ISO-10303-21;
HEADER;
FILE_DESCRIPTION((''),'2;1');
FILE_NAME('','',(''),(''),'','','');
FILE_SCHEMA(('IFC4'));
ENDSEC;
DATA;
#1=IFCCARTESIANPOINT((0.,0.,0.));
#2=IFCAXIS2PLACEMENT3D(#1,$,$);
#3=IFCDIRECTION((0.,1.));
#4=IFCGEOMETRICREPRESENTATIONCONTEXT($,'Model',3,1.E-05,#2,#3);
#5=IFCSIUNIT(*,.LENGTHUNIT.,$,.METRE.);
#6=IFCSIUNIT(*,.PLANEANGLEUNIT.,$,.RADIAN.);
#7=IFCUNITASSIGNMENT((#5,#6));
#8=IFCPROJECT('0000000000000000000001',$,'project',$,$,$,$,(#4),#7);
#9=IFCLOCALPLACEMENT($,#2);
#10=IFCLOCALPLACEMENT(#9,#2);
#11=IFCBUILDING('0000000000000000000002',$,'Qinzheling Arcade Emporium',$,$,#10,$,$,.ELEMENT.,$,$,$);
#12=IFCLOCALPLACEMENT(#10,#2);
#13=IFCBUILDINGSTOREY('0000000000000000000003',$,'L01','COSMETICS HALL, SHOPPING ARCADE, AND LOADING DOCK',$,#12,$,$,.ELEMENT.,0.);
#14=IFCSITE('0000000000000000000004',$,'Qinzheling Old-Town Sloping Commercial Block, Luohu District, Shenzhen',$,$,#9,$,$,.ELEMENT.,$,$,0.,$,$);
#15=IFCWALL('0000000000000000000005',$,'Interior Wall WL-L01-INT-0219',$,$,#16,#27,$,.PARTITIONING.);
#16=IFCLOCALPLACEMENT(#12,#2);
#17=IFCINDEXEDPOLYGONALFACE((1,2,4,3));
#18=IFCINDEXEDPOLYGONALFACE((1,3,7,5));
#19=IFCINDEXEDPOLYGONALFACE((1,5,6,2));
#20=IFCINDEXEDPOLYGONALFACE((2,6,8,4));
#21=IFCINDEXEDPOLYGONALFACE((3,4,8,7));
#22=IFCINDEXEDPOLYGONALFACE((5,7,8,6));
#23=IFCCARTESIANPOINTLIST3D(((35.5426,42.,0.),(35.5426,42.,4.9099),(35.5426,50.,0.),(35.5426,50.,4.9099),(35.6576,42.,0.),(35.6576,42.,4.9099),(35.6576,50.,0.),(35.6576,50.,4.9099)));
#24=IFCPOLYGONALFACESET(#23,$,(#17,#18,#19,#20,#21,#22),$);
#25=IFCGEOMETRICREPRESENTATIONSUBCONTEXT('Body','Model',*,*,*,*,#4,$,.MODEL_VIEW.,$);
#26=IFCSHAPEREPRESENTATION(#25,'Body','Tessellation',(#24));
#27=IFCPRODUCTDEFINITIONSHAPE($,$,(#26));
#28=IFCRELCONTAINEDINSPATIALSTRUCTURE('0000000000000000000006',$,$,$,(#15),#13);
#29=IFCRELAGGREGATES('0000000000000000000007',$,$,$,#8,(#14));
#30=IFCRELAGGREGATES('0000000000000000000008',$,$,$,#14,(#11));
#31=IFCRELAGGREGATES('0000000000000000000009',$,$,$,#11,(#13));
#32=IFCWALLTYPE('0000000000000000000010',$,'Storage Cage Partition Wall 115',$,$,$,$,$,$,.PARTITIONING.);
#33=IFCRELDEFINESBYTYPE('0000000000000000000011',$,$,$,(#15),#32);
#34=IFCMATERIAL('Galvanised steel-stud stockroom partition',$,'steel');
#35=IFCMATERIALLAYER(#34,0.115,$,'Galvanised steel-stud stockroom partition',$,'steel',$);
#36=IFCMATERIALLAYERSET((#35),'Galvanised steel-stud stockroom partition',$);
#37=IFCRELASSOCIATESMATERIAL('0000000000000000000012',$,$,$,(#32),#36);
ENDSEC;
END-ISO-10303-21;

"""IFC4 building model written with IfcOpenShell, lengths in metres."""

from ifc_helpers import new_model, si_unit, direction, frame, frame_2d, origin, place, context, subcontext, project, spatial, rectangle, extrude, material, layer, layer_set, type_object, element, save


model = new_model("IFC4")

# Units and contexts
model_context = context("Model", 3, precision=1e-05, world=origin(), true_north=direction((0.0, 1.0)))
body_context = subcontext(model_context, "Body", "Model", "MODEL_VIEW")
ifc_project = project(units=[si_unit("LENGTHUNIT", "METRE"), si_unit("PLANEANGLEUNIT", "RADIAN")], contexts=[model_context])

# Site, building, storey
site_placement = place(None, origin())
site = spatial("IfcSite", under=ifc_project, at=site_placement, Name="Qinzheling Old-Town Sloping Commercial Block, Luohu District, Shenzhen", CompositionType="ELEMENT", RefElevation=0.0)
building_placement = place(site_placement, origin())
building = spatial("IfcBuilding", under=site, at=building_placement, Name="Qinzheling Arcade Emporium", CompositionType="ELEMENT")
storey_placement = place(building_placement, origin())
storey = spatial("IfcBuildingStorey", under=building, at=storey_placement, Name="L01", Description="COSMETICS HALL, SHOPPING ARCADE, AND LOADING DOCK", CompositionType="ELEMENT", Elevation=0.0)

# Wall
ifc_material_1 = material(Name="Galvanised steel-stud stockroom partition", Category="steel")
ifc_layer_1 = layer(ifc_material_1, 0.115, Name="Galvanised steel-stud stockroom partition", Category="steel")
ifc_layer_set_1 = layer_set([ifc_layer_1], Name="Galvanised steel-stud stockroom partition")
wall_type_1 = type_object("IfcWallType", Name="Storage Cage Partition Wall 115", PredefinedType="PARTITIONING", material=ifc_layer_set_1)
wall_1_placement = place(storey_placement, frame((35.6001, 50.0, 0.0), z_axis=(0.0, 0.0, 1.0), x_axis=(0.0, -1.0, 0.0)))
element("IfcWall", 1, at=wall_1_placement, inside=storey, type_object=wall_type_1, Name="Interior Wall WL-L01-INT-0219", PredefinedType="PARTITIONING", context=body_context, shape_type="SweptSolid", body=[
    extrude(rectangle(XDim=8.0, YDim=0.115, at=frame_2d((4.0, 0.0))), origin(), (0.0, 0.0, 1.0), 4.9099),
])

save(model, "model.ifc")
